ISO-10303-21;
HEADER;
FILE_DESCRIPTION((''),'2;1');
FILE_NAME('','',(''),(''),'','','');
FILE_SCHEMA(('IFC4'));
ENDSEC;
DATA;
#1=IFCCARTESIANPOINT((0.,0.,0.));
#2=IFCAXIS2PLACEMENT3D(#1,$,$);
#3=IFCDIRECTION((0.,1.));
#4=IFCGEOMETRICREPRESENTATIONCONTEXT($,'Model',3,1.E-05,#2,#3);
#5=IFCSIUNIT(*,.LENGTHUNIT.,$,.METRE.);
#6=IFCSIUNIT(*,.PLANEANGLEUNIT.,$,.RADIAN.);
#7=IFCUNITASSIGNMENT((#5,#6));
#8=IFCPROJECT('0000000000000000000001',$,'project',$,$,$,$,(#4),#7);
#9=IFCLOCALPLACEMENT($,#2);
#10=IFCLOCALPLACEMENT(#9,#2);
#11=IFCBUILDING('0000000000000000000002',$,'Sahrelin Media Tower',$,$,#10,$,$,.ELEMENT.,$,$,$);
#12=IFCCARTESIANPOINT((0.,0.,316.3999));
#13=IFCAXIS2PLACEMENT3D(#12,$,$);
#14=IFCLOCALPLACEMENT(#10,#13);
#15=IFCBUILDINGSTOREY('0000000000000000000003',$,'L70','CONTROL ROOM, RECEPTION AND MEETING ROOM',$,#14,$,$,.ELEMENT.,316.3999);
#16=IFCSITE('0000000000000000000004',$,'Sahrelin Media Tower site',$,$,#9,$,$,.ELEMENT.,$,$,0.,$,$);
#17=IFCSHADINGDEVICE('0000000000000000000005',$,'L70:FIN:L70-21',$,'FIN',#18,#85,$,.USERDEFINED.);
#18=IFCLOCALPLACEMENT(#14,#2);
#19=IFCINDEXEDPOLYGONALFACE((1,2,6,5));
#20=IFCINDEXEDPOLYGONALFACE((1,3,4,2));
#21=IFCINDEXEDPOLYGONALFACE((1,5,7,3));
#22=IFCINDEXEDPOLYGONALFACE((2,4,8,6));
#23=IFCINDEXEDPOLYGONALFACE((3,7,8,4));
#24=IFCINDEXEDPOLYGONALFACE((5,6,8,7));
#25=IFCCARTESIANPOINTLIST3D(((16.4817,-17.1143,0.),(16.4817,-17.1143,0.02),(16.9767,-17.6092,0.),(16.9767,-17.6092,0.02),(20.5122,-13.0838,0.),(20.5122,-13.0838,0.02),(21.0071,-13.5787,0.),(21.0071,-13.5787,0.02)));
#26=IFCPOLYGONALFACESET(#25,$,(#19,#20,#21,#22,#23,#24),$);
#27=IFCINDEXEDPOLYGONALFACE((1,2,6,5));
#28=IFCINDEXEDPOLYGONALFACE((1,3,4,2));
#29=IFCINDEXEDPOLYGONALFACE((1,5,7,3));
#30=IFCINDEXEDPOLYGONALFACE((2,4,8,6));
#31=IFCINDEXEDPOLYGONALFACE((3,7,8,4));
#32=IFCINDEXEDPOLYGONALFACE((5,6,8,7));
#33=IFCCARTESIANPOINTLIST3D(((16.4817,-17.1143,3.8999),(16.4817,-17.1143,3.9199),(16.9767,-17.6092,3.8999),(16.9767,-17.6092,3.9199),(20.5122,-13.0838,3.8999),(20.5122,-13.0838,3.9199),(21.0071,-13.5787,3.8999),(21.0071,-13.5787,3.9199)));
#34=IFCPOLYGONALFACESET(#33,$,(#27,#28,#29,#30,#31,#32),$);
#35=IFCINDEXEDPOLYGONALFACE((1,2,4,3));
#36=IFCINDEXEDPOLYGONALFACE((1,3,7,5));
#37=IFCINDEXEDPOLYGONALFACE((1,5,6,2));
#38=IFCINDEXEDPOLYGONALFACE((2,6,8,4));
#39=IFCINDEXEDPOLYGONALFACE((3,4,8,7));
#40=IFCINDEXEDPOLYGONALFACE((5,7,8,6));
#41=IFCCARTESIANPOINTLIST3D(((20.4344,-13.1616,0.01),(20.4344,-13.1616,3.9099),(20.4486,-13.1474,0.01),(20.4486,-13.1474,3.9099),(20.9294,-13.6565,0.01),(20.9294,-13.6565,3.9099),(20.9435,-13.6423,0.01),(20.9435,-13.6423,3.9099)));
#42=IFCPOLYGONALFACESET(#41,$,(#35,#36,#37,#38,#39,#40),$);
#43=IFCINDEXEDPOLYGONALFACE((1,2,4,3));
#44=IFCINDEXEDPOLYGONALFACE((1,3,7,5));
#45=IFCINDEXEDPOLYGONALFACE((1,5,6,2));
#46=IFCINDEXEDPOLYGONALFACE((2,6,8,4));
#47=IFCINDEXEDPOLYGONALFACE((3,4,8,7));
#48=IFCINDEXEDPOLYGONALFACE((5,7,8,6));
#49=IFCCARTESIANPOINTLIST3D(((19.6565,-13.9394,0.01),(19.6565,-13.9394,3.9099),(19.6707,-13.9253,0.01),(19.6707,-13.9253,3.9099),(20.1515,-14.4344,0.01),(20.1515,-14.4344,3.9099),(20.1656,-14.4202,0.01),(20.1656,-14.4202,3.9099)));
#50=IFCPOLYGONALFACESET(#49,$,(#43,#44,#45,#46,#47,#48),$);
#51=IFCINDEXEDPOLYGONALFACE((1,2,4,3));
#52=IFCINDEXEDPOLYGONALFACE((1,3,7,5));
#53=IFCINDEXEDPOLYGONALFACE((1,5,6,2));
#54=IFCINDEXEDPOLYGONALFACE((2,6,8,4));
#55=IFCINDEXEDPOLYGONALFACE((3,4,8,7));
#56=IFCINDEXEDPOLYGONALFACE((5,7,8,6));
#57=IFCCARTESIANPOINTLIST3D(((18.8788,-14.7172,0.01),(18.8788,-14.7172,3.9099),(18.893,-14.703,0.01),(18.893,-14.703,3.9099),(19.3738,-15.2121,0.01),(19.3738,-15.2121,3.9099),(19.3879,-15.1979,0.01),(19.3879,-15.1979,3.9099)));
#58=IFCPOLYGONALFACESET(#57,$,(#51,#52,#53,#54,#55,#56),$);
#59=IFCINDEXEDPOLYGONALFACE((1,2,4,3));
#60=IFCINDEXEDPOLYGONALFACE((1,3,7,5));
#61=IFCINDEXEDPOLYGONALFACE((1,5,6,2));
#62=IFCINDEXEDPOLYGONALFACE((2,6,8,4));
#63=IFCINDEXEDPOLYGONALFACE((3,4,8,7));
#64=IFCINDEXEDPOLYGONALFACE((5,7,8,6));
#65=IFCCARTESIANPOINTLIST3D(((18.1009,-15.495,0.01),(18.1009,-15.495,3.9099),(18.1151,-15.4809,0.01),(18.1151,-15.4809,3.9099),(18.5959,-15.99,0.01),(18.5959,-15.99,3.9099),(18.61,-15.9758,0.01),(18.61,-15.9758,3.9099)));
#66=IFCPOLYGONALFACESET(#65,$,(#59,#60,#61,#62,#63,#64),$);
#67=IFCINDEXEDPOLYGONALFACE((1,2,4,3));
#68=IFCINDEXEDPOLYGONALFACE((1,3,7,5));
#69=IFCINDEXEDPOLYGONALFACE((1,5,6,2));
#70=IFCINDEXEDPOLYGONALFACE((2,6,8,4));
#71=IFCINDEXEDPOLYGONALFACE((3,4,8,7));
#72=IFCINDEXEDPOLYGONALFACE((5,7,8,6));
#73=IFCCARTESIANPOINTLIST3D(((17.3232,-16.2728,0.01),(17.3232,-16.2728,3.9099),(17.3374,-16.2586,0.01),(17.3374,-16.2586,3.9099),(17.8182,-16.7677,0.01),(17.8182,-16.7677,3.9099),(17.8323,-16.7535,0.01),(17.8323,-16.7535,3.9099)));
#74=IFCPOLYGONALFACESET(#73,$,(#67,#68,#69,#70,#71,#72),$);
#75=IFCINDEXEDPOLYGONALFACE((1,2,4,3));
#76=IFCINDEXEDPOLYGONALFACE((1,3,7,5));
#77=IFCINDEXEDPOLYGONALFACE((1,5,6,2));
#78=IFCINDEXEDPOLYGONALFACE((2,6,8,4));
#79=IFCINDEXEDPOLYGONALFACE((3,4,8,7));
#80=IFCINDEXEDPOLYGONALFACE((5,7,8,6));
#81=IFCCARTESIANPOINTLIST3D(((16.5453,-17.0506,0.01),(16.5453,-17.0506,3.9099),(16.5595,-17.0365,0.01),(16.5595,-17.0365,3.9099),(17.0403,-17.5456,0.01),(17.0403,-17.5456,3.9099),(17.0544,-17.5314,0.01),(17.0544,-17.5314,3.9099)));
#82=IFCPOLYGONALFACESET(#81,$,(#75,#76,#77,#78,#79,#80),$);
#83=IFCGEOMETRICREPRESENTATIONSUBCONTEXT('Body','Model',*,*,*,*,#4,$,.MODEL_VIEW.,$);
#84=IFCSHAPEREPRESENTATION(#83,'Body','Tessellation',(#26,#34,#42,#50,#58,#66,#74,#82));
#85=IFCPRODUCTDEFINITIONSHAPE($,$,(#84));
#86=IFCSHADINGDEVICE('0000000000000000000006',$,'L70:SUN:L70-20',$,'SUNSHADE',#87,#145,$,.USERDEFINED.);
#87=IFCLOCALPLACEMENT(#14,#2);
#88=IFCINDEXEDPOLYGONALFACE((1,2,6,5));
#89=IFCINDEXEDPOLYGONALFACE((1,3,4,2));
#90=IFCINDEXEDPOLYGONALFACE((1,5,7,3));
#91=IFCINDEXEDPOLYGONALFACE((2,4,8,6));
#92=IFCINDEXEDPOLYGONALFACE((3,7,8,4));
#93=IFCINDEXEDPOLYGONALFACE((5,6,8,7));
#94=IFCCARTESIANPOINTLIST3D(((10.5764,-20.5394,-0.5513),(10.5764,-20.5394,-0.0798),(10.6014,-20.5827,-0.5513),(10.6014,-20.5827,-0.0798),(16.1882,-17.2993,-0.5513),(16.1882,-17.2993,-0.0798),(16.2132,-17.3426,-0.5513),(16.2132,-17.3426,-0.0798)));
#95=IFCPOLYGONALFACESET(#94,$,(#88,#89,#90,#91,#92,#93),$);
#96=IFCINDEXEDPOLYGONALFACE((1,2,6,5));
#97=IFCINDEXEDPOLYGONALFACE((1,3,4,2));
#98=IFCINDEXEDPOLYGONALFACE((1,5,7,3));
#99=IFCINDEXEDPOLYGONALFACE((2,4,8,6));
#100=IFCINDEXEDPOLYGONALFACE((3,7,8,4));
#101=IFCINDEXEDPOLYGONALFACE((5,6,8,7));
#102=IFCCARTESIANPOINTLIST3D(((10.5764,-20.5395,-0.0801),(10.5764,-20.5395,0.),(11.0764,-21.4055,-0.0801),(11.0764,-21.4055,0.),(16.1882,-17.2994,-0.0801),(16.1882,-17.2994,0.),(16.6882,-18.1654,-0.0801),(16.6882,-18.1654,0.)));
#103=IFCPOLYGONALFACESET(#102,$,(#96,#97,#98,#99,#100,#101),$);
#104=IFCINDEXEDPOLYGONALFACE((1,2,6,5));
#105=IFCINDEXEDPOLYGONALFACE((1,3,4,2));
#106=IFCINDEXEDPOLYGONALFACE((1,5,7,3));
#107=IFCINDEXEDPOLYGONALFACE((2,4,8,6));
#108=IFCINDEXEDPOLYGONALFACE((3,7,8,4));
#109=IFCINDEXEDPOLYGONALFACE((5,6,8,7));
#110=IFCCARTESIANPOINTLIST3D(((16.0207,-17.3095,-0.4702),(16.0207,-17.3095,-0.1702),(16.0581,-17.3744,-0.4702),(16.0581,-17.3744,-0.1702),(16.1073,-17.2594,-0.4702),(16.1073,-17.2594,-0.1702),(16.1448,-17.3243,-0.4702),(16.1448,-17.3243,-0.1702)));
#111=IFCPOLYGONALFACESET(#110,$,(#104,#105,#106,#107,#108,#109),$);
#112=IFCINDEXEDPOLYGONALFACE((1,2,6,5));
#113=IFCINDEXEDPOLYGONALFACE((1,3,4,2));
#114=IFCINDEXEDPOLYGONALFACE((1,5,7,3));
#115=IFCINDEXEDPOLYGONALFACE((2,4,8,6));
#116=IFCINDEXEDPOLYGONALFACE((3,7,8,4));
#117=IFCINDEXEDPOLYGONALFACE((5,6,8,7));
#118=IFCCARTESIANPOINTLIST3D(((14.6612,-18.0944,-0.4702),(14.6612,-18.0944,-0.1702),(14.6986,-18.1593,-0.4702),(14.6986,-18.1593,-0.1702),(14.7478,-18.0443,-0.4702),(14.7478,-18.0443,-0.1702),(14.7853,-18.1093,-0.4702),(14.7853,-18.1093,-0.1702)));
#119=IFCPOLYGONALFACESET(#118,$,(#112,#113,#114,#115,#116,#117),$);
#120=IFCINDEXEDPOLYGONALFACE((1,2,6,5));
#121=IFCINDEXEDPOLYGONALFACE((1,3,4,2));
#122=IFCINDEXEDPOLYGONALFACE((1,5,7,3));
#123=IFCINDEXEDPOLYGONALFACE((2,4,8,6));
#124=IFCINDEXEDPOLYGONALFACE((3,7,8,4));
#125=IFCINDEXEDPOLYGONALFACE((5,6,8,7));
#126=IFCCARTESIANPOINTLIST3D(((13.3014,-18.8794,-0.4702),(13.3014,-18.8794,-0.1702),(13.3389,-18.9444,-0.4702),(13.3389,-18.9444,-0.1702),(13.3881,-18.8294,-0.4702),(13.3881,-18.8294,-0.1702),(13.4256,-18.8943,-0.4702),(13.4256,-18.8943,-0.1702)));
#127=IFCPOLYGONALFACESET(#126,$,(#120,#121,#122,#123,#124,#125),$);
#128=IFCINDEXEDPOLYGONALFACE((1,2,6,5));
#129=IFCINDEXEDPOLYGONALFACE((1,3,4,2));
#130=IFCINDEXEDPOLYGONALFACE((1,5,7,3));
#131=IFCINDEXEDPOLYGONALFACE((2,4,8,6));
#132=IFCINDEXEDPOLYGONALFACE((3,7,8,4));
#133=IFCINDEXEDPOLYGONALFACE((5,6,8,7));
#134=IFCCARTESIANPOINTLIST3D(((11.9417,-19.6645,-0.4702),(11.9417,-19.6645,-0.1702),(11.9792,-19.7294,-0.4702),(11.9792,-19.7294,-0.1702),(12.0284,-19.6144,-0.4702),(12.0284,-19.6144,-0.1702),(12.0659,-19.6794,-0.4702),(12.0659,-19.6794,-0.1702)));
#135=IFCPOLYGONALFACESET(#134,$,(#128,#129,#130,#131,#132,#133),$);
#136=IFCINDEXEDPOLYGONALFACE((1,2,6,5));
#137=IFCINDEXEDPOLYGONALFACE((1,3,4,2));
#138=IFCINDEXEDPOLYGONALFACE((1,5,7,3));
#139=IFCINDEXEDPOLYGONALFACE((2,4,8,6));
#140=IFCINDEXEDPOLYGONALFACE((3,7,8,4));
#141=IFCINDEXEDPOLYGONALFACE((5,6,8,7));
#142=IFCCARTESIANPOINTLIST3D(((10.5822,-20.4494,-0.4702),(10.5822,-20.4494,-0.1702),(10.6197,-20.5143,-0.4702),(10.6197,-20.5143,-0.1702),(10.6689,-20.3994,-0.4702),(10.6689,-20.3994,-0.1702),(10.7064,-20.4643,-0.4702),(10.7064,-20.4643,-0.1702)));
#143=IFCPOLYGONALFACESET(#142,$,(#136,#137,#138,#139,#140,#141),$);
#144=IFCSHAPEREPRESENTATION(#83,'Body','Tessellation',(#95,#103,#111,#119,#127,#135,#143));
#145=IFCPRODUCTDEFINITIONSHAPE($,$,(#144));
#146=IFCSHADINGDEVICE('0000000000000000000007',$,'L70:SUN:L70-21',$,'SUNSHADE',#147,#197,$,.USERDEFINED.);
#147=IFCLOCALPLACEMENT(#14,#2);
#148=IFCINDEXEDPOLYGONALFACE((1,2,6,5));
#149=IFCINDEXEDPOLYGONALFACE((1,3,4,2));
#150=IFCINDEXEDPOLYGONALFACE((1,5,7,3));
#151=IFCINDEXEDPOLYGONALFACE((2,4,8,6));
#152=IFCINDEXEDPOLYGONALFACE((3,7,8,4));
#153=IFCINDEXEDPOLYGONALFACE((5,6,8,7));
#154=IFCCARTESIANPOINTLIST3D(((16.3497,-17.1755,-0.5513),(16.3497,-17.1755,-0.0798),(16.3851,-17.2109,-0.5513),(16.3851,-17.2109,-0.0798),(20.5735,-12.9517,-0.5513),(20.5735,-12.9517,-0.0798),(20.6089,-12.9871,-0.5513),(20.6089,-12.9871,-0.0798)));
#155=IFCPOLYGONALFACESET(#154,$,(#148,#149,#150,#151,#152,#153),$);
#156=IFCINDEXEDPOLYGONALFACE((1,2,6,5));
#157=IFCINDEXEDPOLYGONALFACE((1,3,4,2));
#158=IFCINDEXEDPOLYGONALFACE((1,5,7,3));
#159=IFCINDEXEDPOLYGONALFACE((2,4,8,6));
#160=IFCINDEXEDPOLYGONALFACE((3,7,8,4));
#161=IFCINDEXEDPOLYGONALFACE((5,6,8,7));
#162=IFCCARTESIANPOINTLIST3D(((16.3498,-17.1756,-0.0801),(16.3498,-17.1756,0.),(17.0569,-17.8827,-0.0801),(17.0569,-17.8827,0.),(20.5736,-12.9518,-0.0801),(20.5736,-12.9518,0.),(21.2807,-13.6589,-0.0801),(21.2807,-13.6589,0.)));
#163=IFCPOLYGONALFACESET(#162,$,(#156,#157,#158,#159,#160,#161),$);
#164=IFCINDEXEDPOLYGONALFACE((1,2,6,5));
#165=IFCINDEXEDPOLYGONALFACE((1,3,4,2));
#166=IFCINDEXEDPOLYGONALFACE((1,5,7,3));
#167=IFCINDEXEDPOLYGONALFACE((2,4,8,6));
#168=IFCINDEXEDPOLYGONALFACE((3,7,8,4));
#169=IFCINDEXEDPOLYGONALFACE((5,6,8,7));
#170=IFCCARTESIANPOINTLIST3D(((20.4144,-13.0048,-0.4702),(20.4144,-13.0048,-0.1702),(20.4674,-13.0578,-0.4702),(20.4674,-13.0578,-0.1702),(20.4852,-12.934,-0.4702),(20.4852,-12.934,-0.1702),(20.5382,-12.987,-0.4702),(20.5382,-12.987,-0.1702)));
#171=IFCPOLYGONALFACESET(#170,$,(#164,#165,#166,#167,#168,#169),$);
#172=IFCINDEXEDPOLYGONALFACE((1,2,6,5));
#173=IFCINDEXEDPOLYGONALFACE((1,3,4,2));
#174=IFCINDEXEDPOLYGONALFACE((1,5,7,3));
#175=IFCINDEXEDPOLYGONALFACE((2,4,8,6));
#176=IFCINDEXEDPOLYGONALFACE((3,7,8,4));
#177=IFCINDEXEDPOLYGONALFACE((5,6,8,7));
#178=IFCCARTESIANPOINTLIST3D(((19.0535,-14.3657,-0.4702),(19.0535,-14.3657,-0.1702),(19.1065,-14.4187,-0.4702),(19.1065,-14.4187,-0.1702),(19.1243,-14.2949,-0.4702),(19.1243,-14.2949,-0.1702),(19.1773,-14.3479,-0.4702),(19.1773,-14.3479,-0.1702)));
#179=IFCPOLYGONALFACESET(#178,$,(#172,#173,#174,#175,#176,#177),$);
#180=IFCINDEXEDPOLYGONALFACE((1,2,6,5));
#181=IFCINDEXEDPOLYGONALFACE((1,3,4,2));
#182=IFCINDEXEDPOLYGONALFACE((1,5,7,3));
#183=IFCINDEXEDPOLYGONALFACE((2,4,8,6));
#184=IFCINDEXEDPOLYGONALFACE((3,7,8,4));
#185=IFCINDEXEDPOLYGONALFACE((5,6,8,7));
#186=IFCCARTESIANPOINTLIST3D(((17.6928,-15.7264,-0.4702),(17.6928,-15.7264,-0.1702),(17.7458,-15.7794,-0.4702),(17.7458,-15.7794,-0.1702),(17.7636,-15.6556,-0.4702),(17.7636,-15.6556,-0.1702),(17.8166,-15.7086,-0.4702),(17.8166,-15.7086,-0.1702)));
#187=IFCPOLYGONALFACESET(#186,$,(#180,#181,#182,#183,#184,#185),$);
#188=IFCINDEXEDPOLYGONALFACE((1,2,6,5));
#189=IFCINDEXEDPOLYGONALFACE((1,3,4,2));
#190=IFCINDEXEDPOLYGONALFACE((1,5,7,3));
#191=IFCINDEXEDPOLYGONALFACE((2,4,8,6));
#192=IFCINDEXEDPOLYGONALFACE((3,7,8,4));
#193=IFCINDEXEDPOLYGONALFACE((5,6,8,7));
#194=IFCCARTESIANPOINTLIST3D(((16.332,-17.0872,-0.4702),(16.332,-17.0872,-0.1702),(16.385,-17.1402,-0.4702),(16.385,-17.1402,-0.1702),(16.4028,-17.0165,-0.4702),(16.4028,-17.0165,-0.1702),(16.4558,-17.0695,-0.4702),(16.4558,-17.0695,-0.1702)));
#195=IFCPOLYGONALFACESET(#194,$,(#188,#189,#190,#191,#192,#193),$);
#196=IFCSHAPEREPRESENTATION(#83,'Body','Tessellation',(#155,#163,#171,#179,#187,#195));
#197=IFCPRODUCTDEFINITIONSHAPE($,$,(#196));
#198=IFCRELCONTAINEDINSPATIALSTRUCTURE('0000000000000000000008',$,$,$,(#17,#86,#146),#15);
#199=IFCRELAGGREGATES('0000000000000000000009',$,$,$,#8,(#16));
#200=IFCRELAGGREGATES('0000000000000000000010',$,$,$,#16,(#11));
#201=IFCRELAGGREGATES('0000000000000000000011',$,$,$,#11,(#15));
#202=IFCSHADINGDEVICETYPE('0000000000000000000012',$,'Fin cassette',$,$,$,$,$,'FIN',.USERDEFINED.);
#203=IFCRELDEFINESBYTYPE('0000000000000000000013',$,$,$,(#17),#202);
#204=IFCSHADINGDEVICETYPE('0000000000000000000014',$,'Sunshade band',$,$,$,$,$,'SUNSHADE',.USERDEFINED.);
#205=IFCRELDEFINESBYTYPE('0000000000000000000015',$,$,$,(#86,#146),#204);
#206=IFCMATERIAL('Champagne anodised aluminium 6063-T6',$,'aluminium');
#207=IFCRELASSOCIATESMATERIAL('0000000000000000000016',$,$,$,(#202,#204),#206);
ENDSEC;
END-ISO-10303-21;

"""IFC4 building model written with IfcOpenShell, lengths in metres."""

from ifc_helpers import new_model, si_unit, direction, frame, origin, origin_2d, place, context, subcontext, project, spatial, rectangle, extrude, material, type_object, element, save


model = new_model("IFC4")

# Units and contexts
model_context = context("Model", 3, precision=1e-05, world=origin(), true_north=direction((0.0, 1.0)))
body_context = subcontext(model_context, "Body", "Model", "MODEL_VIEW")
ifc_project = project(units=[si_unit("LENGTHUNIT", "METRE"), si_unit("PLANEANGLEUNIT", "RADIAN")], contexts=[model_context])

# Site, building, storey
site_placement = place(None, origin())
site = spatial("IfcSite", under=ifc_project, at=site_placement, Name="Sahrelin Media Tower site", CompositionType="ELEMENT", RefElevation=0.0)
building_placement = place(site_placement, origin())
building = spatial("IfcBuilding", under=site, at=building_placement, Name="Sahrelin Media Tower", CompositionType="ELEMENT")
storey_placement = place(building_placement, frame((0.0, 0.0, 316.3999)))
storey = spatial("IfcBuildingStorey", under=building, at=storey_placement, Name="L70", Description="CONTROL ROOM, RECEPTION AND MEETING ROOM", CompositionType="ELEMENT", Elevation=316.3999)

# Shared definitions
ifc_material_1 = material(Name="Champagne anodised aluminium 6063-T6", Category="aluminium")

# Shading devices
shading_device_type_1 = type_object("IfcShadingDeviceType", Name="Fin cassette", ElementType="FIN", PredefinedType="USERDEFINED", material=ifc_material_1)
placement_1 = place(storey_placement, frame((13.3723, -18.9021, 0.0), z_axis=(0.0, 0.0, 1.0), x_axis=(-0.866019, -0.500011, 0.0)))
placement_2 = place(storey_placement, frame((18.4475, -15.0496, 0.0), z_axis=(0.0, 0.0, 1.0), x_axis=(-0.707107, -0.707107, 0.0)))
element("IfcShadingDevice", 1, at=placement_2, inside=storey, type_object=shading_device_type_1, Name="L70:FIN:L70-21", ObjectType="FIN", PredefinedType="USERDEFINED", context=body_context, shape_type="SweptSolid", body=[
    extrude(rectangle(XDim=5.7, YDim=0.7, at=origin_2d()), frame((0.0, 0.4199, 0.0)), (0.0, 0.0, 1.0), 0.02),
    extrude(rectangle(XDim=5.7, YDim=0.7, at=origin_2d()), frame((0.0, 0.4199, 3.8999)), (0.0, 0.0, 1.0), 0.02),
    extrude(rectangle(XDim=0.02, YDim=0.7, at=origin_2d()), frame((-2.75, 0.4199, 0.01), z_axis=(0.0, 0.0, 1.0), x_axis=(1.0, 0.0, 0.0)), (0.0, 0.0, 1.0), 3.8999),
    extrude(rectangle(XDim=0.02, YDim=0.7, at=origin_2d()), frame((-1.6499, 0.4199, 0.01), z_axis=(0.0, 0.0, 1.0), x_axis=(1.0, 0.0, 0.0)), (0.0, 0.0, 1.0), 3.8999),
    extrude(rectangle(XDim=0.02, YDim=0.7, at=origin_2d()), frame((-0.55, 0.4199, 0.01), z_axis=(0.0, 0.0, 1.0), x_axis=(1.0, 0.0, 0.0)), (0.0, 0.0, 1.0), 3.8999),
    extrude(rectangle(XDim=0.02, YDim=0.7, at=origin_2d()), frame((0.55, 0.4199, 0.01), z_axis=(0.0, 0.0, 1.0), x_axis=(1.0, 0.0, 0.0)), (0.0, 0.0, 1.0), 3.8999),
    extrude(rectangle(XDim=0.02, YDim=0.7, at=origin_2d()), frame((1.6499, 0.4199, 0.01), z_axis=(0.0, 0.0, 1.0), x_axis=(1.0, 0.0, 0.0)), (0.0, 0.0, 1.0), 3.8999),
    extrude(rectangle(XDim=0.02, YDim=0.7, at=origin_2d()), frame((2.75, 0.4199, 0.01), z_axis=(0.0, 0.0, 1.0), x_axis=(1.0, 0.0, 0.0)), (0.0, 0.0, 1.0), 3.8999),
])
shading_device_type_2 = type_object("IfcShadingDeviceType", Name="Sunshade band", ElementType="SUNSHADE", PredefinedType="USERDEFINED", material=ifc_material_1)
element("IfcShadingDevice", 2, at=placement_1, inside=storey, type_object=shading_device_type_2, Name="L70:SUN:L70-20", ObjectType="SUNSHADE", PredefinedType="USERDEFINED", context=body_context, shape_type="SweptSolid", body=[
    extrude(rectangle(XDim=6.48, YDim=0.05, at=origin_2d()), frame((0.0, 0.0449, -0.5513)), (0.0, 0.0, 1.0), 0.4714),
    extrude(rectangle(XDim=6.48, YDim=1.0, at=origin_2d()), frame((0.0, 0.52, -0.0801)), (0.0, 0.0, 1.0), 0.0801),
    extrude(rectangle(XDim=0.1001, YDim=0.075, at=origin_2d()), frame((-3.1399, -0.0176, -0.4702)), (0.0, 0.0, 1.0), 0.3),
    extrude(rectangle(XDim=0.1001, YDim=0.075, at=origin_2d()), frame((-1.5701, -0.0176, -0.4702)), (0.0, 0.0, 1.0), 0.3),
    extrude(rectangle(XDim=0.1001, YDim=0.075, at=origin_2d()), frame((0.0, -0.0176, -0.4702)), (0.0, 0.0, 1.0), 0.3),
    extrude(rectangle(XDim=0.1001, YDim=0.075, at=origin_2d()), frame((1.5701, -0.0176, -0.4702)), (0.0, 0.0, 1.0), 0.3),
    extrude(rectangle(XDim=0.1001, YDim=0.075, at=origin_2d()), frame((3.1399, -0.0176, -0.4702)), (0.0, 0.0, 1.0), 0.3),
])
element("IfcShadingDevice", 3, at=placement_2, inside=storey, type_object=shading_device_type_2, Name="L70:SUN:L70-21", ObjectType="SUNSHADE", PredefinedType="USERDEFINED", context=body_context, shape_type="SweptSolid", body=[
    extrude(rectangle(XDim=5.9734, YDim=0.05, at=origin_2d()), frame((0.0, 0.0449, -0.5513)), (0.0, 0.0, 1.0), 0.4714),
    extrude(rectangle(XDim=5.9734, YDim=1.0, at=origin_2d()), frame((0.0, 0.52, -0.0801)), (0.0, 0.0, 1.0), 0.0801),
    extrude(rectangle(XDim=0.1001, YDim=0.075, at=origin_2d()), frame((-2.8867, -0.0176, -0.4702)), (0.0, 0.0, 1.0), 0.3),
    extrude(rectangle(XDim=0.1001, YDim=0.075, at=origin_2d()), frame((-0.9622, -0.0176, -0.4702)), (0.0, 0.0, 1.0), 0.3),
    extrude(rectangle(XDim=0.1001, YDim=0.075, at=origin_2d()), frame((0.9622, -0.0176, -0.4702)), (0.0, 0.0, 1.0), 0.3),
    extrude(rectangle(XDim=0.1001, YDim=0.075, at=origin_2d()), frame((2.8867, -0.0176, -0.4702)), (0.0, 0.0, 1.0), 0.3),
])

save(model, "model.ifc")
